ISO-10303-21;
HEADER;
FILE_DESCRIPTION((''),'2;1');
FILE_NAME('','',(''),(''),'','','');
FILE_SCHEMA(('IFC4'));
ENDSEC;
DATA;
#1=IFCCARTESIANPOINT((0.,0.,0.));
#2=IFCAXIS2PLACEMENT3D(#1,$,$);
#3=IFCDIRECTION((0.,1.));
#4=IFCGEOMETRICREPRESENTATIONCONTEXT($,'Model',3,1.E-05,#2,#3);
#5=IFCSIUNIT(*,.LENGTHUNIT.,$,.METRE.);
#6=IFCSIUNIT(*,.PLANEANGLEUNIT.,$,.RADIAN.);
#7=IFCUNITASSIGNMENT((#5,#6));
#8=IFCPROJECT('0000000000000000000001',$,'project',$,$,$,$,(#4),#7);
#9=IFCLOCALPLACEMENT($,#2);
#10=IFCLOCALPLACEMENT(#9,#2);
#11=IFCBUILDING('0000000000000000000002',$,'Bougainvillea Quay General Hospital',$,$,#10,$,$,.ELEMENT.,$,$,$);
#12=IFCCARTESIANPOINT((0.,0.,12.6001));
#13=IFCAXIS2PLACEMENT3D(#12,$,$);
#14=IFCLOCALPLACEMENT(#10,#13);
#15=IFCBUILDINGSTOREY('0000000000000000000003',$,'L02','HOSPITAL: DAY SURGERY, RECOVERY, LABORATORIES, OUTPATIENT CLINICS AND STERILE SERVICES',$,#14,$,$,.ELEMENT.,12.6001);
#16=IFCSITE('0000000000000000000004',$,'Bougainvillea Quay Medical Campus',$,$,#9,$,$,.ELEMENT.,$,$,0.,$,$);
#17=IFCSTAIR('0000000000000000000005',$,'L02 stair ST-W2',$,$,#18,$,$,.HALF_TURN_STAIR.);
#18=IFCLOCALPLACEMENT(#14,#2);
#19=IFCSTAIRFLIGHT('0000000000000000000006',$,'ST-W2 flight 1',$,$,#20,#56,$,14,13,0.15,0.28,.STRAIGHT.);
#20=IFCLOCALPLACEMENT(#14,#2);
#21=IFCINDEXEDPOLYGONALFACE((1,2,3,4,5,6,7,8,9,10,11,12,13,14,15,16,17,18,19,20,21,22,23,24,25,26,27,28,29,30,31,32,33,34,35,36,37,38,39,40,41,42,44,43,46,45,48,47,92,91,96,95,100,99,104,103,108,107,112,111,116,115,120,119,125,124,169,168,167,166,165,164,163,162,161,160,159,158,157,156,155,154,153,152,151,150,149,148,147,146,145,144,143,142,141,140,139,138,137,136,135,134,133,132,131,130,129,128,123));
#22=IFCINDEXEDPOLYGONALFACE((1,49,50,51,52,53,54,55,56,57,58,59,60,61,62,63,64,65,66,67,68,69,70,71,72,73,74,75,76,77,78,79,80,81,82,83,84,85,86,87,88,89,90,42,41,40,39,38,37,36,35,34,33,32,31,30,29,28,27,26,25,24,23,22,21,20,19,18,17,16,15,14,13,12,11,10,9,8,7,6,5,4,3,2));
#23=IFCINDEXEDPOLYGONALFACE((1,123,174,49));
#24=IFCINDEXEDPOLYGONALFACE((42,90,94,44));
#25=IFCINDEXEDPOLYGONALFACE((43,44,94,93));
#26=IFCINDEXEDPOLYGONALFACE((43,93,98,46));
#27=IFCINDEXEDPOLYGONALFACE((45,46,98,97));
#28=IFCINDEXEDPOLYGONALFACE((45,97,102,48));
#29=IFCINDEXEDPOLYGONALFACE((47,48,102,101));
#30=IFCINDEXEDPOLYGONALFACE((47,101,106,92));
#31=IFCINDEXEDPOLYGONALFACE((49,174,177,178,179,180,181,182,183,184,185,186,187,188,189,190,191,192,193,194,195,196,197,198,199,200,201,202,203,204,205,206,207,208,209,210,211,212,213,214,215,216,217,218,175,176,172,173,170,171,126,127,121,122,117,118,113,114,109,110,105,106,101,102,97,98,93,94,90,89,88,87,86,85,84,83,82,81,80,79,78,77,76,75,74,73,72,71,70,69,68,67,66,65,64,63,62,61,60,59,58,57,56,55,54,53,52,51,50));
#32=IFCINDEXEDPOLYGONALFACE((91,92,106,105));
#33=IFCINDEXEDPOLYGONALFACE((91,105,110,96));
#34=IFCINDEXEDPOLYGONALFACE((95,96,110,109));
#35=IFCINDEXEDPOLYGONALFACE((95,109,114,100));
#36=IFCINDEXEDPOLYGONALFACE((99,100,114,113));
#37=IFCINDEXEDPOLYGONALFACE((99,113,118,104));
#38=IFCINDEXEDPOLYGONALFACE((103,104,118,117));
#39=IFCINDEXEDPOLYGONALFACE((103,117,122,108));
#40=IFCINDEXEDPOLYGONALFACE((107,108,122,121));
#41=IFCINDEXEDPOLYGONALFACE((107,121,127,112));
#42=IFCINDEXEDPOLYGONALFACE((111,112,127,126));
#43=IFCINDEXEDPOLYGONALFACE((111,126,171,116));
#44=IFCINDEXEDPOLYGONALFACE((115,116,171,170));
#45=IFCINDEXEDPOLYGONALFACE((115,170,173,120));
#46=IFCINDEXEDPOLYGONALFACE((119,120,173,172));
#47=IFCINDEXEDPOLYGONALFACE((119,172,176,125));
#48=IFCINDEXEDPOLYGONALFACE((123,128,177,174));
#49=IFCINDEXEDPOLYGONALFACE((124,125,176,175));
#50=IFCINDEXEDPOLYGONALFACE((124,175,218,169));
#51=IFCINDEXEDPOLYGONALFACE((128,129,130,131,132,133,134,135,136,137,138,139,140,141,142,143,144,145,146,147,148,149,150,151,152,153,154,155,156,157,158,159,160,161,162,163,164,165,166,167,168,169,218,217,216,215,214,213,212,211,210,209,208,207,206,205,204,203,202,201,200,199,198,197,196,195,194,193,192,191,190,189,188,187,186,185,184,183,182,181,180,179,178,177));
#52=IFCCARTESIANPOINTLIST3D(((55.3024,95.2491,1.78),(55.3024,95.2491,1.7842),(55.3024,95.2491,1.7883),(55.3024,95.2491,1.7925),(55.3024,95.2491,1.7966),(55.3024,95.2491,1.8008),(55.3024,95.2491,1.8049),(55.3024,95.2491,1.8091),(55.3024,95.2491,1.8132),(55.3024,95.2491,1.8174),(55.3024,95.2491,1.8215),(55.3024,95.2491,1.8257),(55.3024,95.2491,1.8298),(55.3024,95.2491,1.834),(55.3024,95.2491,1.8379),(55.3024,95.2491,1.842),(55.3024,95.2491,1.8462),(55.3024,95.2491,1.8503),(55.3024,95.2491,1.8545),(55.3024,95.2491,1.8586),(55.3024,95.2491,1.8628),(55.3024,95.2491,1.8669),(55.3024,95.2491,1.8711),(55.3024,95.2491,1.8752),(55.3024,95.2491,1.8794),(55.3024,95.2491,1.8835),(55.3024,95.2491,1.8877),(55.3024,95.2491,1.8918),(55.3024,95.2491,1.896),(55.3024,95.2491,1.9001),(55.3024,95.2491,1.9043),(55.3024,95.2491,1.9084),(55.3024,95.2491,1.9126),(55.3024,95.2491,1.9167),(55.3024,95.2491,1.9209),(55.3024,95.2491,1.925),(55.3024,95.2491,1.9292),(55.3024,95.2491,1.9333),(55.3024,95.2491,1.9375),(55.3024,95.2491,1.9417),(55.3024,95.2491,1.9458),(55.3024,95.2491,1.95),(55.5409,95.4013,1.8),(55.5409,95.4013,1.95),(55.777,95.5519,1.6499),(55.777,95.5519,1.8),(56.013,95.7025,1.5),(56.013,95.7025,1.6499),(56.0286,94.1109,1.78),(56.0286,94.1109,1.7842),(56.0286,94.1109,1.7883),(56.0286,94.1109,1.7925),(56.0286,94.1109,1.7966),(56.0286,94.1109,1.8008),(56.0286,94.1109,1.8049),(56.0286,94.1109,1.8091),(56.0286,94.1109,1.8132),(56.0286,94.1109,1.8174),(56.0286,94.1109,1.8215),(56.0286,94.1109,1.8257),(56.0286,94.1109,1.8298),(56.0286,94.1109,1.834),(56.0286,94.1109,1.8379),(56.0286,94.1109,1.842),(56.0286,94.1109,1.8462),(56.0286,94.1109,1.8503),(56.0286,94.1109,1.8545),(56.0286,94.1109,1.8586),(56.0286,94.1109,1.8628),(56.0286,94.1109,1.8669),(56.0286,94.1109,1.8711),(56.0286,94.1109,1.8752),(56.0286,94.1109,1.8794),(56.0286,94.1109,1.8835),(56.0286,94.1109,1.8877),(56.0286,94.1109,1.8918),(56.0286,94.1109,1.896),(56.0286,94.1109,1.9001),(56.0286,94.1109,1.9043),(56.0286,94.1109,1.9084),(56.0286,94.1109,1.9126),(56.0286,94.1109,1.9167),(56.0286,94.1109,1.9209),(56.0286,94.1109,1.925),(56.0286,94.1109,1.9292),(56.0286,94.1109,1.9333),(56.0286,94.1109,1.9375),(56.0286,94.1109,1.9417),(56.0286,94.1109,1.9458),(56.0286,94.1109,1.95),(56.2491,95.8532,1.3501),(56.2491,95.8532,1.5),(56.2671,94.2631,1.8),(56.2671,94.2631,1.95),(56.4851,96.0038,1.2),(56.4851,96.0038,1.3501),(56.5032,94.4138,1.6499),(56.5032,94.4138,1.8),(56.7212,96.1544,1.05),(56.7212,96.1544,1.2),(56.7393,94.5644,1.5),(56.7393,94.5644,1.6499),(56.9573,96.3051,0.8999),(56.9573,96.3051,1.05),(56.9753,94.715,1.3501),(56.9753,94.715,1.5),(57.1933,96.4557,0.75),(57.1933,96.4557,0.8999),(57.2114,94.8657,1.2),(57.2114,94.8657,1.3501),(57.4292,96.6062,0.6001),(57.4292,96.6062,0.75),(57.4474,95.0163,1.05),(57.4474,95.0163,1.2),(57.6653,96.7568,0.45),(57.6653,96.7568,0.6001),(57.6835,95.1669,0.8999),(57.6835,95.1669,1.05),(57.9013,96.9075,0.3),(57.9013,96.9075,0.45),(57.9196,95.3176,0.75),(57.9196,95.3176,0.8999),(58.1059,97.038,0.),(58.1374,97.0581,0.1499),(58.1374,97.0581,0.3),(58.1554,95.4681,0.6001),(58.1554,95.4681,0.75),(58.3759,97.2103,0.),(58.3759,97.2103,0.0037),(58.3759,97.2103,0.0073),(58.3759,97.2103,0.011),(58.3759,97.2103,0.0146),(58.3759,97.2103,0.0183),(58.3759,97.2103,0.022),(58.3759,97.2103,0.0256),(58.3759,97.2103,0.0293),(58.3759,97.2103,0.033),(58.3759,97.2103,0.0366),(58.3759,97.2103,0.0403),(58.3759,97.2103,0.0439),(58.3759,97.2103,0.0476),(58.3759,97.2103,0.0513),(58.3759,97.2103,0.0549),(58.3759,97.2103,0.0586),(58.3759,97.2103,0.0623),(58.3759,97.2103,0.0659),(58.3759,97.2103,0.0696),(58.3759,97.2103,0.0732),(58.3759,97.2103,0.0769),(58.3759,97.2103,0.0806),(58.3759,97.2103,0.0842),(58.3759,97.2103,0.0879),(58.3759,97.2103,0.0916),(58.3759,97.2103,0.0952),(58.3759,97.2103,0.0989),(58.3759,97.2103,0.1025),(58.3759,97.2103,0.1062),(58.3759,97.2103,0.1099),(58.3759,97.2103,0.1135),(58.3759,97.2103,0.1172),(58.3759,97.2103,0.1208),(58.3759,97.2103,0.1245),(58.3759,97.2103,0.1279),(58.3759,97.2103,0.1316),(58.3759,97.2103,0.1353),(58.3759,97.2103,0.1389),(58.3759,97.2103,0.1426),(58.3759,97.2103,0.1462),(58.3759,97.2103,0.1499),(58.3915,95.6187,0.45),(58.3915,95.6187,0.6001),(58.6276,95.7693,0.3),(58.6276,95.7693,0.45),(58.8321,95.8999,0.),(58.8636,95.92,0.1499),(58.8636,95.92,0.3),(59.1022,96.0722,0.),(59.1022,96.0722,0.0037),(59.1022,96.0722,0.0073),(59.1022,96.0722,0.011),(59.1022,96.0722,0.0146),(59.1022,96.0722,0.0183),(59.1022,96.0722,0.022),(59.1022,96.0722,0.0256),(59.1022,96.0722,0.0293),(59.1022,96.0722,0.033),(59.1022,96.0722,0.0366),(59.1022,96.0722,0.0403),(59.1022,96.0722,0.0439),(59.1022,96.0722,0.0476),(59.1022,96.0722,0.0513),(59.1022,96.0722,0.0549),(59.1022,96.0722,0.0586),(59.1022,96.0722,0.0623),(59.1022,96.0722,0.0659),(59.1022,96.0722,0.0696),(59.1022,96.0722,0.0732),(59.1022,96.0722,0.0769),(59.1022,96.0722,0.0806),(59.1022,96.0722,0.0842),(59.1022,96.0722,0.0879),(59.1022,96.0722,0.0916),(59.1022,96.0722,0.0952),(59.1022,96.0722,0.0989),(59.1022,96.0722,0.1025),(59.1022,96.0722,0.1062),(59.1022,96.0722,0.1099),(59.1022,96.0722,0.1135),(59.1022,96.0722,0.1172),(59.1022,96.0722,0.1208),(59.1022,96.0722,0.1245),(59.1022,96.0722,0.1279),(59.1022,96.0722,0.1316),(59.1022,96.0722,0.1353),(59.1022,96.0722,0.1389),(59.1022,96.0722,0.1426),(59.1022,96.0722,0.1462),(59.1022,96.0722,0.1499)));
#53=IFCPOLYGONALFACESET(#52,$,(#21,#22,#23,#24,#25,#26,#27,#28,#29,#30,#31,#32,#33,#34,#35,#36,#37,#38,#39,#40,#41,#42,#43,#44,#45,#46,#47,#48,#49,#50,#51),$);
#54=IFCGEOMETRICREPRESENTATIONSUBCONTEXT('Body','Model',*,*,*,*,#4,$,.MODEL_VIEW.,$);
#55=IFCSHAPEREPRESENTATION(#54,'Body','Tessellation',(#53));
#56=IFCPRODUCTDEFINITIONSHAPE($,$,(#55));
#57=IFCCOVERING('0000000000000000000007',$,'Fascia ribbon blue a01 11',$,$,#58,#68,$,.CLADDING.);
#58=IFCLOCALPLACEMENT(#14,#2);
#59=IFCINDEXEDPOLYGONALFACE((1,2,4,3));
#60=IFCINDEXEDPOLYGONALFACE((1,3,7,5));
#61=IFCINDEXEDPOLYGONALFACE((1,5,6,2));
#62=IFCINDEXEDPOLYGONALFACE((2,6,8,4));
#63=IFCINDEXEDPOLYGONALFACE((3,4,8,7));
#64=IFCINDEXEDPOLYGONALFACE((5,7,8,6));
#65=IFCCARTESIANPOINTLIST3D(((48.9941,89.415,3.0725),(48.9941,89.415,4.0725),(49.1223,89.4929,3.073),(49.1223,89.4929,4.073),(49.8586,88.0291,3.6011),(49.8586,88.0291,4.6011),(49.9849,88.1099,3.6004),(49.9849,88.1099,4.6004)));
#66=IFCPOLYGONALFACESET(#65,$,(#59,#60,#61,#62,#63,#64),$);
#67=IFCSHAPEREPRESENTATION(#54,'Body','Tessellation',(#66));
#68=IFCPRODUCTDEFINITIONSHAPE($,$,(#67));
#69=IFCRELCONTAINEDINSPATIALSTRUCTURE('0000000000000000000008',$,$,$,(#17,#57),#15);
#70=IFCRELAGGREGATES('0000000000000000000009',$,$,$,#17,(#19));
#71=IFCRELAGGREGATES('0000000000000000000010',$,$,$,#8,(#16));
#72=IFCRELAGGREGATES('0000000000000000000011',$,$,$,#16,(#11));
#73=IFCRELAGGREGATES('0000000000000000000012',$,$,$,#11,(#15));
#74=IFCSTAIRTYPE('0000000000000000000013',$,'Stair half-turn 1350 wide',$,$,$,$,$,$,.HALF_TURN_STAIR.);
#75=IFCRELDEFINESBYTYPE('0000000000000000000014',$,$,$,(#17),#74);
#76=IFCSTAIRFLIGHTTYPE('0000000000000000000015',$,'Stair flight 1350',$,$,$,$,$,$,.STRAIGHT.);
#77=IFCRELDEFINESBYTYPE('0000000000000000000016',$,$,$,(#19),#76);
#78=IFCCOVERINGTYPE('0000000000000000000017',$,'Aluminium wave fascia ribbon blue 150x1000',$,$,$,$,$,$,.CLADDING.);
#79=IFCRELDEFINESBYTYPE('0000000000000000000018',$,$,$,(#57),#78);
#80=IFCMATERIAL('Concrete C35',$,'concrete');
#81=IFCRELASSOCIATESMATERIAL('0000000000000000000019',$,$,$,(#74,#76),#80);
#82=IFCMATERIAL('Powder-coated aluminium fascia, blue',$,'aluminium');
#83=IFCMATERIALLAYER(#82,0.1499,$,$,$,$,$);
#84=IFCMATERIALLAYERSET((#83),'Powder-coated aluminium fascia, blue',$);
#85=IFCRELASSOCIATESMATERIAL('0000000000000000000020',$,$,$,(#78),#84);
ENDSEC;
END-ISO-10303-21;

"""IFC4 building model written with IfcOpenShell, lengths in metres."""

from ifc_helpers import new_model, si_unit, direction, frame, origin, place, context, subcontext, project, spatial, polyline, outline, extrude, material, layer, layer_set, type_object, element, aggregate, save


model = new_model("IFC4")

# Units and contexts
model_context = context("Model", 3, precision=1e-05, world=origin(), true_north=direction((0.0, 1.0)))
body_context = subcontext(model_context, "Body", "Model", "MODEL_VIEW")
ifc_project = project(units=[si_unit("LENGTHUNIT", "METRE"), si_unit("PLANEANGLEUNIT", "RADIAN")], contexts=[model_context])

# Site, building, storey
site_placement = place(None, origin())
site = spatial("IfcSite", under=ifc_project, at=site_placement, Name="Bougainvillea Quay Medical Campus", CompositionType="ELEMENT", RefElevation=0.0)
building_placement = place(site_placement, origin())
building = spatial("IfcBuilding", under=site, at=building_placement, Name="Bougainvillea Quay General Hospital", CompositionType="ELEMENT")
storey_placement = place(building_placement, frame((0.0, 0.0, 12.6001)))
storey = spatial("IfcBuildingStorey", under=building, at=storey_placement, Name="L02", Description="HOSPITAL: DAY SURGERY, RECOVERY, LABORATORIES, OUTPATIENT CLINICS AND STERILE SERVICES", CompositionType="ELEMENT", Elevation=12.6001)

# Stair, stair flight
ifc_material_1 = material(Name="Concrete C35", Category="concrete")
stair_type = type_object("IfcStairType", Name="Stair half-turn 1350 wide", PredefinedType="HALF_TURN_STAIR", material=ifc_material_1)
stair_placement = place(storey_placement, origin())
stair = element("IfcStair", 1, at=stair_placement, inside=storey, type_object=stair_type, Name="L02 stair ST-W2", PredefinedType="HALF_TURN_STAIR")
stair_flight_type = type_object("IfcStairFlightType", Name="Stair flight 1350", PredefinedType="STRAIGHT", material=ifc_material_1)
stair_flight_1_placement = place(storey_placement, frame((58.7366, 96.6396, 0.0), z_axis=(0.0, 0.0, 1.0), x_axis=(-0.842999, -0.537915, 0.0)))
stair_flight_1 = element("IfcStairFlight", 2, at=stair_flight_1_placement, type_object=stair_flight_type, Name="ST-W2 flight 1", NumberOfRisers=14, NumberOfTreads=13, PredefinedType="STRAIGHT", RiserHeight=0.15, TreadLength=0.28, context=body_context, shape_type="SweptSolid", body=[
    extrude(outline(polyline([(-0.0029, 0.0), (-0.0029, 0.0037), (-0.0029, 0.0073), (-0.0029, 0.011), (-0.0029, 0.0146), (-0.0029, 0.0183), (-0.0029, 0.022), (-0.0029, 0.0256), (-0.0029, 0.0293), (-0.0029, 0.033), (-0.0029, 0.0366), (-0.0029, 0.0403), (-0.0029, 0.0439), (-0.0029, 0.0476), (-0.0029, 0.0513), (-0.0029, 0.0549), (-0.0029, 0.0586), (-0.0029, 0.0623), (-0.0029, 0.0659), (-0.0029, 0.0696), (-0.0029, 0.0732), (-0.0029, 0.0769), (-0.0029, 0.0806), (-0.0029, 0.0842), (-0.0029, 0.0879), (-0.0029, 0.0916), (-0.0029, 0.0952), (-0.0029, 0.0989), (-0.0029, 0.1025), (-0.0029, 0.1062), (-0.0029, 0.1099), (-0.0029, 0.1135), (-0.0029, 0.1172), (-0.0029, 0.1208), (-0.0029, 0.1245), (-0.0029, 0.1279), (-0.0029, 0.1316), (-0.0029, 0.1353), (-0.0029, 0.1389), (-0.0029, 0.1426), (-0.0029, 0.1462), (-0.0029, 0.1499), (0.28, 0.1499), (0.28, 0.3), (0.5601, 0.3), (0.5601, 0.45), (0.8401, 0.45), (0.8401, 0.6001), (1.1201, 0.6001), (1.1201, 0.75), (1.3999, 0.75), (1.3999, 0.8999), (1.6799, 0.8999), (1.6799, 1.05), (1.96, 1.05), (1.96, 1.2), (2.24, 1.2), (2.24, 1.3501), (2.52, 1.3501), (2.52, 1.5), (2.8, 1.5), (2.8, 1.6499), (3.0801, 1.6499), (3.0801, 1.8), (3.3601, 1.8), (3.3601, 1.95), (3.6431, 1.95), (3.6431, 1.9458), (3.6431, 1.9417), (3.6431, 1.9375), (3.6431, 1.9333), (3.6431, 1.9292), (3.6431, 1.925), (3.6431, 1.9209), (3.6431, 1.9167), (3.6431, 1.9126), (3.6431, 1.9084), (3.6431, 1.9043), (3.6431, 1.9001), (3.6431, 1.896), (3.6431, 1.8918), (3.6431, 1.8877), (3.6431, 1.8835), (3.6431, 1.8794), (3.6431, 1.8752), (3.6431, 1.8711), (3.6431, 1.8669), (3.6431, 1.8628), (3.6431, 1.8586), (3.6431, 1.8545), (3.6431, 1.8503), (3.6431, 1.8462), (3.6431, 1.842), (3.6431, 1.8379), (3.6431, 1.834), (3.6431, 1.8298), (3.6431, 1.8257), (3.6431, 1.8215), (3.6431, 1.8174), (3.6431, 1.8132), (3.6431, 1.8091), (3.6431, 1.8049), (3.6431, 1.8008), (3.6431, 1.7966), (3.6431, 1.7925), (3.6431, 1.7883), (3.6431, 1.7842), (3.6431, 1.78), (0.3174, 0.0), (-0.0029, 0.0)])), frame((0.0, 0.675, 0.0), z_axis=(0.0, -1.0, 0.0), x_axis=(1.0, 0.0, 0.0)), (0.0, 0.0, 1.0), 1.3501),
])
aggregate(stair, [stair_flight_1])

# Covering
ifc_material_2 = material(Name="Powder-coated aluminium fascia, blue", Category="aluminium")
ifc_layer_1 = layer(ifc_material_2, 0.1499)
ifc_layer_set_1 = layer_set([ifc_layer_1], Name="Powder-coated aluminium fascia, blue")
covering_type = type_object("IfcCoveringType", Name="Aluminium wave fascia ribbon blue 150x1000", PredefinedType="CLADDING", material=ifc_layer_set_1)
covering_placement = place(storey_placement, frame((49.1223, 89.4929, 3.073), z_axis=(-0.162272, 0.261599, 0.951438), x_axis=(0.50348, -0.807306, 0.30784)))
element("IfcCovering", 3, at=covering_placement, inside=storey, type_object=covering_type, Name="Fascia ribbon blue a01 11", PredefinedType="CLADDING", context=body_context, shape_type="SweptSolid", body=[
    extrude(outline(polyline([(0.0, 0.0), (1.7132, 0.0), (1.7151, -0.1499), (-0.0018, -0.15), (0.0, 0.0)])), origin(), (0.30784, -0.000706, 0.951438), 1.0),
])

save(model, "model.ifc")
